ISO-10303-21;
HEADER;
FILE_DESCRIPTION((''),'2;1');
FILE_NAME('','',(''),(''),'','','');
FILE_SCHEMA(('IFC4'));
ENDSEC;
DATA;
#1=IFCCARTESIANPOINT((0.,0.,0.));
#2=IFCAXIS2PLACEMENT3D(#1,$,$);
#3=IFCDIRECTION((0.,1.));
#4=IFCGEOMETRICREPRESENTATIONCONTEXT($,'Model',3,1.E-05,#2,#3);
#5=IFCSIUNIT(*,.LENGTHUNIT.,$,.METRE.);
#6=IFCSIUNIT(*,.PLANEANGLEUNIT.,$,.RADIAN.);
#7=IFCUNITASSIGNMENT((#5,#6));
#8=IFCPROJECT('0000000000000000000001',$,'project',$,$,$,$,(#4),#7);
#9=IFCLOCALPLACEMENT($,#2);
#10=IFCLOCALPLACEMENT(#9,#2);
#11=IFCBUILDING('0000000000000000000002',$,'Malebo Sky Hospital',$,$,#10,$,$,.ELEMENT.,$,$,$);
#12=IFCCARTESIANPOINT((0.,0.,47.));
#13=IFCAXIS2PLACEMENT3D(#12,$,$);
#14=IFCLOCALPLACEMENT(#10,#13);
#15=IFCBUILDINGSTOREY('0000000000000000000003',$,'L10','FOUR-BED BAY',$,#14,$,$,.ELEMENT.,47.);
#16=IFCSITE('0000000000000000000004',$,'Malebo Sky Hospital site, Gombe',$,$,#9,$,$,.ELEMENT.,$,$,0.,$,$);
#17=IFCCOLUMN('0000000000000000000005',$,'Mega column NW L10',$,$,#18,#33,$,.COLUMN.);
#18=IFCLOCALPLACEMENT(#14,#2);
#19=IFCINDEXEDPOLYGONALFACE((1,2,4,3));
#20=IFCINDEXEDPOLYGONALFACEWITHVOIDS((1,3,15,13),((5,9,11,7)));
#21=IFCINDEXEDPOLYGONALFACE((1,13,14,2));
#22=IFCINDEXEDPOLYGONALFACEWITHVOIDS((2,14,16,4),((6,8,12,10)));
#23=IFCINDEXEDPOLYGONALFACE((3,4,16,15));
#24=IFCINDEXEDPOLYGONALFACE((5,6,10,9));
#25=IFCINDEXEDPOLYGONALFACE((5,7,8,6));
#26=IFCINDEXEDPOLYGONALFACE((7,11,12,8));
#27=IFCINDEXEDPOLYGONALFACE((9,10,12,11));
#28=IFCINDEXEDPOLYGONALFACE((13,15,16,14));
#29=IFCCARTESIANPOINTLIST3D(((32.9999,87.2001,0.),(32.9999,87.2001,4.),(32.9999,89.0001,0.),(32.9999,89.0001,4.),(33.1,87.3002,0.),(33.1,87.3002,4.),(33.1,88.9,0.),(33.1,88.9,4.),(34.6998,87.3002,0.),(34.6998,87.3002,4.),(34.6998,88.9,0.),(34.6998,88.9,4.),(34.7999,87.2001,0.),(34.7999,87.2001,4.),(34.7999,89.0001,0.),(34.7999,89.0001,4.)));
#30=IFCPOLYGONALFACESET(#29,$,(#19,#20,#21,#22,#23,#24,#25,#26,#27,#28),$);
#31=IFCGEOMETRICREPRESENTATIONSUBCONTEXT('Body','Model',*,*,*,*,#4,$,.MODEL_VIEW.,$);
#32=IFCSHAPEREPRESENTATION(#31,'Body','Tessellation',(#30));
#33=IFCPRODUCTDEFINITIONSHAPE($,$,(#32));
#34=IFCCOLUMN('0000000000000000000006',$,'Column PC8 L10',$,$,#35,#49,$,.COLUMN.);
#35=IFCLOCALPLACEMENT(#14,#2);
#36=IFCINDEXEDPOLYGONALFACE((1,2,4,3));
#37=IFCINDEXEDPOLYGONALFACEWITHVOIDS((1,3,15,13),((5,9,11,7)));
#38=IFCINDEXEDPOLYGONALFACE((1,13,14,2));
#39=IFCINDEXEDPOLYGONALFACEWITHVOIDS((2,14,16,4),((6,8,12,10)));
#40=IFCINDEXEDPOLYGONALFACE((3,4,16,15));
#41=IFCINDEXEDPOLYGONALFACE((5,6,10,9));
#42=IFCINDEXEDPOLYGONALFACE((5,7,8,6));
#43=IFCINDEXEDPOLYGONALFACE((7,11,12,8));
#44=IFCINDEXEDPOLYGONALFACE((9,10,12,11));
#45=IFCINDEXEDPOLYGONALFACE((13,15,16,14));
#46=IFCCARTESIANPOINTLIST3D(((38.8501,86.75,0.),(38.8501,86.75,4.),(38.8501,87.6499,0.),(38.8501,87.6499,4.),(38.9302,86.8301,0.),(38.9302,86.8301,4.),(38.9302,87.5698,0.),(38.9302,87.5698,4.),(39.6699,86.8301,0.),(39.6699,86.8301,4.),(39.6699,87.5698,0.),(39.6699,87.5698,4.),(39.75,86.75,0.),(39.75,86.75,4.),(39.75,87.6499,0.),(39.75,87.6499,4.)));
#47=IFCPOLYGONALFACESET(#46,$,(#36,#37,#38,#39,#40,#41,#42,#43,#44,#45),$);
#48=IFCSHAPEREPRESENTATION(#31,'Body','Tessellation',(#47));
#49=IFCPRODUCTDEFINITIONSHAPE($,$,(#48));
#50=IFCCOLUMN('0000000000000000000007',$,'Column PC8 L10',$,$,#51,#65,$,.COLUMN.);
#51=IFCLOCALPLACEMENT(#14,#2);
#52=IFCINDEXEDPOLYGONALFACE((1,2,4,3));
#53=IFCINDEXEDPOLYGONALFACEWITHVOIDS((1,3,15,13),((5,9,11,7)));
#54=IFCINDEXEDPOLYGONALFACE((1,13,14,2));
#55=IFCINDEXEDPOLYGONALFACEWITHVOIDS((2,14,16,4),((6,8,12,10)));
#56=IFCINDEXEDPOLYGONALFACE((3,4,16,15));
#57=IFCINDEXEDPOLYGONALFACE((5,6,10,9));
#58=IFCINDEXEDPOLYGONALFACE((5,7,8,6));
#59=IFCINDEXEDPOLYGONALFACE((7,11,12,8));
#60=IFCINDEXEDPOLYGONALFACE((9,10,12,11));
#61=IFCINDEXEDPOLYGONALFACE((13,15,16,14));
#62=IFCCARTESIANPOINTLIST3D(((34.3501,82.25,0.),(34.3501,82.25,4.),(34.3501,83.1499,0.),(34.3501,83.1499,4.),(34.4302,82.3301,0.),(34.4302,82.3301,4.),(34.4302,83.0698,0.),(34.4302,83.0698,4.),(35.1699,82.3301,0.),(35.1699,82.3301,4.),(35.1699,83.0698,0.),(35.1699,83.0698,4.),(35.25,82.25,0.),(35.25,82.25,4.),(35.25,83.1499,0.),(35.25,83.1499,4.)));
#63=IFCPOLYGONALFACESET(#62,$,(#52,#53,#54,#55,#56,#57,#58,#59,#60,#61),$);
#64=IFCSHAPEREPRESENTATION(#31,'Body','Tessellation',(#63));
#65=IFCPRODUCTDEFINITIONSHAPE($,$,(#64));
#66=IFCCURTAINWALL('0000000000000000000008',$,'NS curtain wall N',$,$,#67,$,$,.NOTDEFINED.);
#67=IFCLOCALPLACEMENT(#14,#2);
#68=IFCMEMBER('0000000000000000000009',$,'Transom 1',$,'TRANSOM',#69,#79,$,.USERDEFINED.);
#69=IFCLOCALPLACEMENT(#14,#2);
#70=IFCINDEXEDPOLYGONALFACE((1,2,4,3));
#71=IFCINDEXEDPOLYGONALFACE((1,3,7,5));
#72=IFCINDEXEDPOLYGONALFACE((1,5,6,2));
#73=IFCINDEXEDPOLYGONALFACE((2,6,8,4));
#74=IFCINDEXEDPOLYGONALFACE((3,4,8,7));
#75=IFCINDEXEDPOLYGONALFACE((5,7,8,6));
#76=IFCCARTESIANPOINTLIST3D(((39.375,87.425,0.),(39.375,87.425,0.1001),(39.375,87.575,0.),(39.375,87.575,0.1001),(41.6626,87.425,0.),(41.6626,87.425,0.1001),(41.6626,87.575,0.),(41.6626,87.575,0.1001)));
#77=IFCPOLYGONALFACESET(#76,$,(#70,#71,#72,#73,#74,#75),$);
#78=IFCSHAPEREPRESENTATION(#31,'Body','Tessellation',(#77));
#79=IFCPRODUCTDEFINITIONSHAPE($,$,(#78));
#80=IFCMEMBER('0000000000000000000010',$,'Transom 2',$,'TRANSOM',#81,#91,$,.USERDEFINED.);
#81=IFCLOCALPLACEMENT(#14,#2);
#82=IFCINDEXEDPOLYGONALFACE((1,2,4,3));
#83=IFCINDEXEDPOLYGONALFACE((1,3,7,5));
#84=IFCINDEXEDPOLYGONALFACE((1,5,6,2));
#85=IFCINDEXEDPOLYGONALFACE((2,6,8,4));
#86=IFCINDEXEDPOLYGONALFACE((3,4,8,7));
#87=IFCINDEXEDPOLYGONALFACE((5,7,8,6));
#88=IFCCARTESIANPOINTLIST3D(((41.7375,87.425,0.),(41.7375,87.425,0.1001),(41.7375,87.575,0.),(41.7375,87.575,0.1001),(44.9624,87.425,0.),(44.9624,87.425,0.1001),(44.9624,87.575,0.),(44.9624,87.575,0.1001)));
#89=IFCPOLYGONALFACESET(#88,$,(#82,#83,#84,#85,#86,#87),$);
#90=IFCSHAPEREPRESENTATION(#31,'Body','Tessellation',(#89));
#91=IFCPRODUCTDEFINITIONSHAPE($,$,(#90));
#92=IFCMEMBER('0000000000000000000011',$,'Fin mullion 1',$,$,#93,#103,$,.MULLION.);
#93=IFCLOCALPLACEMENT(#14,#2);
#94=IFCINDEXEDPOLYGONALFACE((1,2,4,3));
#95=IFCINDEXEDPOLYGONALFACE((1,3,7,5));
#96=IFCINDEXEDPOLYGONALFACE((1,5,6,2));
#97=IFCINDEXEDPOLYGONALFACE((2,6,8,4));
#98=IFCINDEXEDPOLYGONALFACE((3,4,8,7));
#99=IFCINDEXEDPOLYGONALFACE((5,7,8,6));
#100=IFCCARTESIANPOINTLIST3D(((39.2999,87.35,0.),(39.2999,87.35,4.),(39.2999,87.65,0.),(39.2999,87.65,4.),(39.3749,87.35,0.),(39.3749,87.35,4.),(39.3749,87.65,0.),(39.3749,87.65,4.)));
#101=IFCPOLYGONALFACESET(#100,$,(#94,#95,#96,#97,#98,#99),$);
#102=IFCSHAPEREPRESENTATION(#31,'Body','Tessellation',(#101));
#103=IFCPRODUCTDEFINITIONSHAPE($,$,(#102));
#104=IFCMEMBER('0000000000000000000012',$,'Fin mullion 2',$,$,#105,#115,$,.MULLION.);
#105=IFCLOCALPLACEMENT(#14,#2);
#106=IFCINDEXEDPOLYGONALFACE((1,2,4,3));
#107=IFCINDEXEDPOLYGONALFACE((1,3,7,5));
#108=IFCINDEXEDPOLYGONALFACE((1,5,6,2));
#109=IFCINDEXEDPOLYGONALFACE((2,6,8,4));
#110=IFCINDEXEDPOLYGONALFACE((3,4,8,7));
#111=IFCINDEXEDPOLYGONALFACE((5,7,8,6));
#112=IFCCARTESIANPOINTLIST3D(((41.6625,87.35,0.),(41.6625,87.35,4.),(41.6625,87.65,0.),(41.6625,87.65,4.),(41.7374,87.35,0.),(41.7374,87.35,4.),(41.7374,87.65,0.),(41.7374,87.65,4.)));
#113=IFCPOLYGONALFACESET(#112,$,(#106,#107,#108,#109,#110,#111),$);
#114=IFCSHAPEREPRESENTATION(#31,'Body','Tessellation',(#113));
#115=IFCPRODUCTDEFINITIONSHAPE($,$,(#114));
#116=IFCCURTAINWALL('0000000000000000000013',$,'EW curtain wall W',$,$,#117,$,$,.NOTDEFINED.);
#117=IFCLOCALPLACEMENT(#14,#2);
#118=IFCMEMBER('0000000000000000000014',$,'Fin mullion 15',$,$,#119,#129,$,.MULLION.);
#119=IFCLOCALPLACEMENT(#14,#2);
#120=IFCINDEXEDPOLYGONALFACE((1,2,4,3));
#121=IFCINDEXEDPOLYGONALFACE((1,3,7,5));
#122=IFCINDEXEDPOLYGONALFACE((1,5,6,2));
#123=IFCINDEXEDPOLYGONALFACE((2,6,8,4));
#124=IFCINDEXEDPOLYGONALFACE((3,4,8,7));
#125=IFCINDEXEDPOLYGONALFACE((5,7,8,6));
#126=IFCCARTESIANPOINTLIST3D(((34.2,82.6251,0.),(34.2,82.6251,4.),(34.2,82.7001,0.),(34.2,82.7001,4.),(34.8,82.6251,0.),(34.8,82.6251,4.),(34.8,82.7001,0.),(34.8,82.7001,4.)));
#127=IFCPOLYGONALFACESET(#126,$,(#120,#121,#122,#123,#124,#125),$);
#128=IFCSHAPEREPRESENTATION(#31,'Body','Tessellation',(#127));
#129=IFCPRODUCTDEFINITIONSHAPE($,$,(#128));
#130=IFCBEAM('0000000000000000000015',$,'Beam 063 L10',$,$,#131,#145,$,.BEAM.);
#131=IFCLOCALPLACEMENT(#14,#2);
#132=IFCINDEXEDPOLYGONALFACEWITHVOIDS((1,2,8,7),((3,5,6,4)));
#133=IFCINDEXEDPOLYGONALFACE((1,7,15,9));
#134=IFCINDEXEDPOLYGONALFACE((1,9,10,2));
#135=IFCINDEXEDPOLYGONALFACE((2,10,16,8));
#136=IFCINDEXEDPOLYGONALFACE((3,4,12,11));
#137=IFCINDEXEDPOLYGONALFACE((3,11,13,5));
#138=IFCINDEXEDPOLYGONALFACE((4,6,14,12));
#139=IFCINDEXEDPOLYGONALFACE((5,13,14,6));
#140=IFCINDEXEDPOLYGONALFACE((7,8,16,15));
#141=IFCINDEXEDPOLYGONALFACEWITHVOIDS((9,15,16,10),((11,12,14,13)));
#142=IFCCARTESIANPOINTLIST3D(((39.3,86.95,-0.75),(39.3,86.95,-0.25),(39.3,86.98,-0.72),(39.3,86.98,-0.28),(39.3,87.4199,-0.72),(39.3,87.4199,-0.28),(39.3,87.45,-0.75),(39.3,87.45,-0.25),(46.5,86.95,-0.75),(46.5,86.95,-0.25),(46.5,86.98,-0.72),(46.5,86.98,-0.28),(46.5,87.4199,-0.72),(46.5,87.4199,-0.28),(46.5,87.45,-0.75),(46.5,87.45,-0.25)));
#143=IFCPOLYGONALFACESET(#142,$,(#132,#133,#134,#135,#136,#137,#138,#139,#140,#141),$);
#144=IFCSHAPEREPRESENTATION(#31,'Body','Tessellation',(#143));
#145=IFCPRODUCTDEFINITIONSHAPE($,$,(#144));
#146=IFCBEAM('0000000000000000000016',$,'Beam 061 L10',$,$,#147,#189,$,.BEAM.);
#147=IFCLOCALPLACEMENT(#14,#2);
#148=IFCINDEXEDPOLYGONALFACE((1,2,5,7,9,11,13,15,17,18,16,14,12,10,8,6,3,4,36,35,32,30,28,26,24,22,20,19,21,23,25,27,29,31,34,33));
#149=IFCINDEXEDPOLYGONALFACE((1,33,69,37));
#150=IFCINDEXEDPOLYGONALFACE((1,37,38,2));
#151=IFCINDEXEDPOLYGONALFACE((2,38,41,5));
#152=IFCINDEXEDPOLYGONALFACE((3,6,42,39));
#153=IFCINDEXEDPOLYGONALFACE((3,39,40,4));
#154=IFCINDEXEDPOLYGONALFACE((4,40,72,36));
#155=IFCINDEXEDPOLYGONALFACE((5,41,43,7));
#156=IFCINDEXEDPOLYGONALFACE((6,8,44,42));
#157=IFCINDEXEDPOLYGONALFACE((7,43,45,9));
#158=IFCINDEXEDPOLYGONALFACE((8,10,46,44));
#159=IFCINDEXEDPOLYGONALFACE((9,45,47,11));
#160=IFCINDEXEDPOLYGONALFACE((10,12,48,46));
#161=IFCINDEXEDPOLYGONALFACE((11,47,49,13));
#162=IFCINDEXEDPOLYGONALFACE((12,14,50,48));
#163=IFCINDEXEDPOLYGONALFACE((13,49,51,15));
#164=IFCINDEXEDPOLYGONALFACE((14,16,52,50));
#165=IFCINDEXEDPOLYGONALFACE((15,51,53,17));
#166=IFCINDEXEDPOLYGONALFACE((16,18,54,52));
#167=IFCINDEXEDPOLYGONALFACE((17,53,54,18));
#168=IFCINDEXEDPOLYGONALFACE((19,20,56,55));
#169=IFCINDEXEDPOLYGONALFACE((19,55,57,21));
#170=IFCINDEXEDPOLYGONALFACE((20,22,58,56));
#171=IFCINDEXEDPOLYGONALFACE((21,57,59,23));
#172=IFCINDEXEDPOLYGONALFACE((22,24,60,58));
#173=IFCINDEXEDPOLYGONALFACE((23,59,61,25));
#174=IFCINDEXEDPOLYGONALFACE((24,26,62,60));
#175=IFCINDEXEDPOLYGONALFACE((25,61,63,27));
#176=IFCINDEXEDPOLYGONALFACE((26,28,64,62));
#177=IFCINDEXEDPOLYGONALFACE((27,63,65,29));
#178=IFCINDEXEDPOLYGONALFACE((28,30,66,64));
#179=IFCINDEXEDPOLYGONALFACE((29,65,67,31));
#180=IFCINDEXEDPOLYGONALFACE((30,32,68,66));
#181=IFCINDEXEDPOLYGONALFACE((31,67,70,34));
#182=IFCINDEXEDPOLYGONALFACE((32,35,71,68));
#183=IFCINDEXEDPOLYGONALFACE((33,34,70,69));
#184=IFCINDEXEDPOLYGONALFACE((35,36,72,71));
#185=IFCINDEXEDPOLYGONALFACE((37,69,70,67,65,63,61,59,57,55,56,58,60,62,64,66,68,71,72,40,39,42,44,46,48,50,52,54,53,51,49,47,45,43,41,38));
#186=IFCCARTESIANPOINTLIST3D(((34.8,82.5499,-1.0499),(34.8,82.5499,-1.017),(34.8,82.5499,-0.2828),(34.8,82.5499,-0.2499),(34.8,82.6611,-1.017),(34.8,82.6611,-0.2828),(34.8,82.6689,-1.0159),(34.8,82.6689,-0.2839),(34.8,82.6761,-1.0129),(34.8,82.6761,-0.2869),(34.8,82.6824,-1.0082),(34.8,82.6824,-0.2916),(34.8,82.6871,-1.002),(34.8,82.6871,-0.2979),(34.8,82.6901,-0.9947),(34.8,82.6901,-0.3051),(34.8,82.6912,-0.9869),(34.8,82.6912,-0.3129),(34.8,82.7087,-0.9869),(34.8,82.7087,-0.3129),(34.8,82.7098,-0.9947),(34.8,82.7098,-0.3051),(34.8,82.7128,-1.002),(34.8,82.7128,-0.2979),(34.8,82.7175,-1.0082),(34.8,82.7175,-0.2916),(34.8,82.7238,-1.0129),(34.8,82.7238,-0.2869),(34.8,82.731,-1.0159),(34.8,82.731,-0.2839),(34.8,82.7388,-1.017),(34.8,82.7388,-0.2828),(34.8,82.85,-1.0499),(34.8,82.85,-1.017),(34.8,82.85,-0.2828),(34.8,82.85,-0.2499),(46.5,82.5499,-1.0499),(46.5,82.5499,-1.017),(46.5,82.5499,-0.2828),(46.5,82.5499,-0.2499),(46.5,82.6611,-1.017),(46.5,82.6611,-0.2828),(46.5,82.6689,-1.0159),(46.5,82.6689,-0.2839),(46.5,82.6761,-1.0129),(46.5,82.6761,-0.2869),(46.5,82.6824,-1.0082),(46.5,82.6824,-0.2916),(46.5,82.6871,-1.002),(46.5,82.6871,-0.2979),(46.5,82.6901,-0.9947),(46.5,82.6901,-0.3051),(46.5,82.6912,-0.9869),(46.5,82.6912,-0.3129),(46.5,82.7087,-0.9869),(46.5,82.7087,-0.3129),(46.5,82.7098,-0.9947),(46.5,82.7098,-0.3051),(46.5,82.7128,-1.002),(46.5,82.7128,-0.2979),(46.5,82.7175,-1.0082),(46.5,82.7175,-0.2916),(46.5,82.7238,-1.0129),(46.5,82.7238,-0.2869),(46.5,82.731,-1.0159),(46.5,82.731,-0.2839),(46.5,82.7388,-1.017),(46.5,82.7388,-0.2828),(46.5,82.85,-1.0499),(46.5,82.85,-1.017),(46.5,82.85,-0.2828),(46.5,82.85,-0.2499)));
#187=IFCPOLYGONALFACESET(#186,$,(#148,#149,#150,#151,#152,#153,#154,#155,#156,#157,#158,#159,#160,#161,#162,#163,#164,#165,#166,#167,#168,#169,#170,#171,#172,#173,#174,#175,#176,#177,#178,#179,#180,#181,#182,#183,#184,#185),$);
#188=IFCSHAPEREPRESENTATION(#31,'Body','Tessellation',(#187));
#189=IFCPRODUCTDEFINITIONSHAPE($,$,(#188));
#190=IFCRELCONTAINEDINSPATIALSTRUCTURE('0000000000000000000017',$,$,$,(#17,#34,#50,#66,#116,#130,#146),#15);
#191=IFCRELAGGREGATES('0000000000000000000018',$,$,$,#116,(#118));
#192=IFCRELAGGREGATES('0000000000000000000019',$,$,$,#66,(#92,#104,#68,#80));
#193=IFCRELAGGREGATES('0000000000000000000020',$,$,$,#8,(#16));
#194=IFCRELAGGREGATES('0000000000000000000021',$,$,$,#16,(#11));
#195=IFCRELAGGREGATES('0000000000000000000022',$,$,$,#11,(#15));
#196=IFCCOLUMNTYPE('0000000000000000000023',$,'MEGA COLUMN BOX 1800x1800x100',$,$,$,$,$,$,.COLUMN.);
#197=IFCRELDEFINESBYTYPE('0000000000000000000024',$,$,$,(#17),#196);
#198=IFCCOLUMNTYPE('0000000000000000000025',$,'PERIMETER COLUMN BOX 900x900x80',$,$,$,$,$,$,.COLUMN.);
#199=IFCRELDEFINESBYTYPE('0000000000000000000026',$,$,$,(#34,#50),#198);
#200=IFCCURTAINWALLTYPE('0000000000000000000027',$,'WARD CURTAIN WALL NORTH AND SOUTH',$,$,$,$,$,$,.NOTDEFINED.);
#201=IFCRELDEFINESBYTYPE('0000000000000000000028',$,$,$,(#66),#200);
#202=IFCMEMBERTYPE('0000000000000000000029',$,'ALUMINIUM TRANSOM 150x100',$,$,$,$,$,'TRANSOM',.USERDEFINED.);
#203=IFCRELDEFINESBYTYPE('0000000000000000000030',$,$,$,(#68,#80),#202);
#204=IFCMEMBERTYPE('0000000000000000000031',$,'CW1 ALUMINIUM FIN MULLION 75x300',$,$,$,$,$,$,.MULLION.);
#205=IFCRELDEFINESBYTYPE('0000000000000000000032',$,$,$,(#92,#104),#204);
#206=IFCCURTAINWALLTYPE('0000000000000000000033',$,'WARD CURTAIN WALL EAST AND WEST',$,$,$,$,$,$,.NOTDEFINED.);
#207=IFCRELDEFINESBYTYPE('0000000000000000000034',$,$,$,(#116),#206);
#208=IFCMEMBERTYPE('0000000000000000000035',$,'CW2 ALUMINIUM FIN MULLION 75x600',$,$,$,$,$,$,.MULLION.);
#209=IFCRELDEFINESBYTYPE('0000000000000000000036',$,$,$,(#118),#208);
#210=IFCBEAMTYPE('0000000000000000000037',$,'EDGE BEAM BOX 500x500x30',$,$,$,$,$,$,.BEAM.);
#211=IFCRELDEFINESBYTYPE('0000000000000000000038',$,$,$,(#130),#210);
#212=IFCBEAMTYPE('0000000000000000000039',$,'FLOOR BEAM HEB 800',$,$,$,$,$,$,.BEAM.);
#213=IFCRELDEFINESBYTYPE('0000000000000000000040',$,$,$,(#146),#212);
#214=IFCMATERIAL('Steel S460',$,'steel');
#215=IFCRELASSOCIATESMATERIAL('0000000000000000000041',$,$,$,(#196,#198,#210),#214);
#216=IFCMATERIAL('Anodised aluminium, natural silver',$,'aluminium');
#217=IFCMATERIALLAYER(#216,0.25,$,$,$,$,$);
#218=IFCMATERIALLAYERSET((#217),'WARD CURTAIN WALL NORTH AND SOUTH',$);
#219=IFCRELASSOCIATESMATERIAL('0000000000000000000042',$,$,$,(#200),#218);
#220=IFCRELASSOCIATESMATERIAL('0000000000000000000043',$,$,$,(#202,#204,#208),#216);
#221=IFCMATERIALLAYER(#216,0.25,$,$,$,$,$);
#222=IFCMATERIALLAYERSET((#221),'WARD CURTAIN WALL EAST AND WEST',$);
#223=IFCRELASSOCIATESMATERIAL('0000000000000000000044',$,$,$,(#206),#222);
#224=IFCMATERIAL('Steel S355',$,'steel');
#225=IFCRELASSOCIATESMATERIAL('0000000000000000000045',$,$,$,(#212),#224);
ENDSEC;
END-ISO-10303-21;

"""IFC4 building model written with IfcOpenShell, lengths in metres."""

from ifc_helpers import new_model, si_unit, direction, frame, origin, origin_2d, place, context, subcontext, project, spatial, rectangle, hollow_rectangle, i_section, extrude, material, layer, layer_set, material_profile, profile_set, type_object, element, aggregate, save


model = new_model("IFC4")

# Units and contexts
model_context = context("Model", 3, precision=1e-05, world=origin(), true_north=direction((0.0, 1.0)))
body_context = subcontext(model_context, "Body", "Model", "MODEL_VIEW")
ifc_project = project(units=[si_unit("LENGTHUNIT", "METRE"), si_unit("PLANEANGLEUNIT", "RADIAN")], contexts=[model_context])

# Site, building, storey
site_placement = place(None, origin())
site = spatial("IfcSite", under=ifc_project, at=site_placement, Name="Malebo Sky Hospital site, Gombe", CompositionType="ELEMENT", RefElevation=0.0)
building_placement = place(site_placement, origin())
building = spatial("IfcBuilding", under=site, at=building_placement, Name="Malebo Sky Hospital", CompositionType="ELEMENT")
storey_placement = place(building_placement, frame((0.0, 0.0, 47.0)))
storey = spatial("IfcBuildingStorey", under=building, at=storey_placement, Name="L10", Description="FOUR-BED BAY", CompositionType="ELEMENT", Elevation=47.0)

# Columns
ifc_material_1 = material(Name="Steel S460", Category="steel")
ifc_material_profile_1 = material_profile(ifc_material_1, hollow_rectangle(XDim=1.8, YDim=1.8, WallThickness=0.1001, at=origin_2d()), Name="BOX 1800x1800x100")
ifc_profile_set_1 = profile_set([ifc_material_profile_1], Name="Steel S460")
column_type_1 = type_object("IfcColumnType", Name="MEGA COLUMN BOX 1800x1800x100", PredefinedType="COLUMN", material=ifc_profile_set_1)
column_placement = place(storey_placement, frame((33.8999, 88.1001, 0.0), z_axis=(0.0, 0.0, 1.0), x_axis=(1.0, 0.0, 0.0)))
element("IfcColumn", 1, at=column_placement, inside=storey, type_object=column_type_1, Name="Mega column NW L10", PredefinedType="COLUMN", context=body_context, shape_type="SweptSolid", body=[
    extrude(hollow_rectangle(XDim=1.8, YDim=1.8, WallThickness=0.1001, at=origin_2d()), origin(), (0.0, 0.0, 1.0), 4.0),
])
ifc_material_profile_2 = material_profile(ifc_material_1, hollow_rectangle(XDim=0.8999, YDim=0.8999, WallThickness=0.0801, at=origin_2d()), Name="BOX 900x900x80")
ifc_profile_set_2 = profile_set([ifc_material_profile_2], Name="Steel S460")
column_type_2 = type_object("IfcColumnType", Name="PERIMETER COLUMN BOX 900x900x80", PredefinedType="COLUMN", material=ifc_profile_set_2)
for number, where, z_axis, x_axis, name in (
    (2, (39.3, 87.2, 0.0), (0.0, 0.0, 1.0), (1.0, 0.0, 0.0), "Column PC8 L10"),
    (3, (34.8, 82.7, 0.0), (0.0, 0.0, 1.0), (1.0, 0.0, 0.0), "Column PC8 L10"),
):
    element("IfcColumn", number, at=place(storey_placement, frame(where, z_axis=z_axis, x_axis=x_axis)), inside=storey, type_object=column_type_2, Name=name, PredefinedType="COLUMN", context=body_context, shape_type="SweptSolid", body=[
        extrude(hollow_rectangle(XDim=0.8999, YDim=0.8999, WallThickness=0.0801, at=origin_2d()), origin(), (0.0, 0.0, 1.0), 4.0),
    ])

# Curtain wall, members
ifc_material_2 = material(Name="Anodised aluminium, natural silver", Category="aluminium")
ifc_layer_1 = layer(ifc_material_2, 0.25)
ifc_layer_set_1 = layer_set([ifc_layer_1], Name="WARD CURTAIN WALL NORTH AND SOUTH")
curtain_wall_type_1 = type_object("IfcCurtainWallType", Name="WARD CURTAIN WALL NORTH AND SOUTH", PredefinedType="NOTDEFINED", material=ifc_layer_set_1)
curtain_wall_1_placement = place(storey_placement, origin())
curtain_wall_1 = element("IfcCurtainWall", 4, at=curtain_wall_1_placement, inside=storey, type_object=curtain_wall_type_1, Name="NS curtain wall N", PredefinedType="NOTDEFINED")
ifc_material_profile_3 = material_profile(ifc_material_2, rectangle(XDim=0.1499, YDim=0.1001, at=origin_2d()), Name="ALUMINIUM TRANSOM 150x100")
ifc_profile_set_3 = profile_set([ifc_material_profile_3], Name="Anodised aluminium, natural silver")
member_type_1 = type_object("IfcMemberType", Name="ALUMINIUM TRANSOM 150x100", ElementType="TRANSOM", PredefinedType="USERDEFINED", material=ifc_profile_set_3)
member_1_placement = place(storey_placement, frame((39.375, 87.5, 0.05), z_axis=(1.0, 0.0, 0.0), x_axis=(0.0, 1.0, 0.0)))
member_1 = element("IfcMember", 5, at=member_1_placement, type_object=member_type_1, Name="Transom 1", ObjectType="TRANSOM", PredefinedType="USERDEFINED", context=body_context, shape_type="SweptSolid", body=[
    extrude(rectangle(XDim=0.1499, YDim=0.1001, at=origin_2d()), origin(), (0.0, 0.0, 1.0), 2.2876),
])
member_2_placement = place(storey_placement, frame((41.7375, 87.5, 0.05), z_axis=(1.0, 0.0, 0.0), x_axis=(0.0, 1.0, 0.0)))
member_2 = element("IfcMember", 6, at=member_2_placement, type_object=member_type_1, Name="Transom 2", ObjectType="TRANSOM", PredefinedType="USERDEFINED", context=body_context, shape_type="SweptSolid", body=[
    extrude(rectangle(XDim=0.1499, YDim=0.1001, at=origin_2d()), origin(), (0.0, 0.0, 1.0), 3.2249),
])
ifc_material_profile_4 = material_profile(ifc_material_2, rectangle(XDim=0.075, YDim=0.3, at=origin_2d()), Name="CW1 ALUMINIUM FIN MULLION 75x300")
ifc_profile_set_4 = profile_set([ifc_material_profile_4], Name="Anodised aluminium, natural silver")
member_type_2 = type_object("IfcMemberType", Name="CW1 ALUMINIUM FIN MULLION 75x300", PredefinedType="MULLION", material=ifc_profile_set_4)
member_3_placement = place(storey_placement, frame((39.3374, 87.5, 0.0), z_axis=(0.0, 0.0, 1.0), x_axis=(1.0, 0.0, 0.0)))
member_3 = element("IfcMember", 7, at=member_3_placement, type_object=member_type_2, Name="Fin mullion 1", PredefinedType="MULLION", context=body_context, shape_type="SweptSolid", body=[
    extrude(rectangle(XDim=0.075, YDim=0.3, at=origin_2d()), origin(), (0.0, 0.0, 1.0), 4.0),
])
member_4_placement = place(storey_placement, frame((41.7, 87.5, 0.0), z_axis=(0.0, 0.0, 1.0), x_axis=(1.0, 0.0, 0.0)))
member_4 = element("IfcMember", 8, at=member_4_placement, type_object=member_type_2, Name="Fin mullion 2", PredefinedType="MULLION", context=body_context, shape_type="SweptSolid", body=[
    extrude(rectangle(XDim=0.075, YDim=0.3, at=origin_2d()), origin(), (0.0, 0.0, 1.0), 4.0),
])

# Curtain wall, member
ifc_layer_2 = layer(ifc_material_2, 0.25)
ifc_layer_set_2 = layer_set([ifc_layer_2], Name="WARD CURTAIN WALL EAST AND WEST")
curtain_wall_type_2 = type_object("IfcCurtainWallType", Name="WARD CURTAIN WALL EAST AND WEST", PredefinedType="NOTDEFINED", material=ifc_layer_set_2)
curtain_wall_2_placement = place(storey_placement, origin())
curtain_wall_2 = element("IfcCurtainWall", 9, at=curtain_wall_2_placement, inside=storey, type_object=curtain_wall_type_2, Name="EW curtain wall W", PredefinedType="NOTDEFINED")
ifc_material_profile_5 = material_profile(ifc_material_2, rectangle(XDim=0.075, YDim=0.6001, at=origin_2d()), Name="CW2 ALUMINIUM FIN MULLION 75x600")
ifc_profile_set_5 = profile_set([ifc_material_profile_5], Name="Anodised aluminium, natural silver")
member_type_3 = type_object("IfcMemberType", Name="CW2 ALUMINIUM FIN MULLION 75x600", PredefinedType="MULLION", material=ifc_profile_set_5)
member_5_placement = place(storey_placement, frame((34.5, 82.6626, 0.0), z_axis=(0.0, 0.0, 1.0), x_axis=(0.0, 1.0, 0.0)))
member_5 = element("IfcMember", 10, at=member_5_placement, type_object=member_type_3, Name="Fin mullion 15", PredefinedType="MULLION", context=body_context, shape_type="SweptSolid", body=[
    extrude(rectangle(XDim=0.075, YDim=0.6001, at=origin_2d()), origin(), (0.0, 0.0, 1.0), 4.0),
])
aggregate(curtain_wall_2, [member_5])

# Beams
ifc_material_profile_6 = material_profile(ifc_material_1, hollow_rectangle(XDim=0.5, YDim=0.5, WallThickness=0.03, at=origin_2d()), Name="BOX 500x500x30")
ifc_profile_set_6 = profile_set([ifc_material_profile_6], Name="Steel S460")
beam_type_1 = type_object("IfcBeamType", Name="EDGE BEAM BOX 500x500x30", PredefinedType="BEAM", material=ifc_profile_set_6)
beam_1_placement = place(storey_placement, frame((39.3, 87.2, -0.5), z_axis=(1.0, 0.0, 0.0), x_axis=(0.0, 1.0, 0.0)))
element("IfcBeam", 11, at=beam_1_placement, inside=storey, type_object=beam_type_1, Name="Beam 063 L10", PredefinedType="BEAM", context=body_context, shape_type="SweptSolid", body=[
    extrude(hollow_rectangle(XDim=0.5, YDim=0.5, WallThickness=0.03, at=origin_2d()), origin(), (0.0, 0.0, 1.0), 7.2),
])
ifc_material_3 = material(Name="Steel S355", Category="steel")
ifc_material_profile_7 = material_profile(ifc_material_3, i_section(OverallWidth=0.3, OverallDepth=0.8, WebThickness=0.0176, FlangeThickness=0.033, FilletRadius=0.03, at=origin_2d()), Name="HEB 800")
ifc_profile_set_7 = profile_set([ifc_material_profile_7], Name="Steel S355")
beam_type_2 = type_object("IfcBeamType", Name="FLOOR BEAM HEB 800", PredefinedType="BEAM", material=ifc_profile_set_7)
beam_2_placement = place(storey_placement, frame((34.8, 82.7, -0.6499), z_axis=(1.0, 0.0, 0.0), x_axis=(0.0, 1.0, 0.0)))
element("IfcBeam", 12, at=beam_2_placement, inside=storey, type_object=beam_type_2, Name="Beam 061 L10", PredefinedType="BEAM", context=body_context, shape_type="SweptSolid", body=[
    extrude(i_section(OverallWidth=0.3, OverallDepth=0.8, WebThickness=0.0176, FlangeThickness=0.033, FilletRadius=0.03, at=origin_2d()), origin(), (0.0, 0.0, 1.0), 11.7),
])

aggregate(curtain_wall_1, [member_3, member_4, member_1, member_2])

save(model, "model.ifc")
